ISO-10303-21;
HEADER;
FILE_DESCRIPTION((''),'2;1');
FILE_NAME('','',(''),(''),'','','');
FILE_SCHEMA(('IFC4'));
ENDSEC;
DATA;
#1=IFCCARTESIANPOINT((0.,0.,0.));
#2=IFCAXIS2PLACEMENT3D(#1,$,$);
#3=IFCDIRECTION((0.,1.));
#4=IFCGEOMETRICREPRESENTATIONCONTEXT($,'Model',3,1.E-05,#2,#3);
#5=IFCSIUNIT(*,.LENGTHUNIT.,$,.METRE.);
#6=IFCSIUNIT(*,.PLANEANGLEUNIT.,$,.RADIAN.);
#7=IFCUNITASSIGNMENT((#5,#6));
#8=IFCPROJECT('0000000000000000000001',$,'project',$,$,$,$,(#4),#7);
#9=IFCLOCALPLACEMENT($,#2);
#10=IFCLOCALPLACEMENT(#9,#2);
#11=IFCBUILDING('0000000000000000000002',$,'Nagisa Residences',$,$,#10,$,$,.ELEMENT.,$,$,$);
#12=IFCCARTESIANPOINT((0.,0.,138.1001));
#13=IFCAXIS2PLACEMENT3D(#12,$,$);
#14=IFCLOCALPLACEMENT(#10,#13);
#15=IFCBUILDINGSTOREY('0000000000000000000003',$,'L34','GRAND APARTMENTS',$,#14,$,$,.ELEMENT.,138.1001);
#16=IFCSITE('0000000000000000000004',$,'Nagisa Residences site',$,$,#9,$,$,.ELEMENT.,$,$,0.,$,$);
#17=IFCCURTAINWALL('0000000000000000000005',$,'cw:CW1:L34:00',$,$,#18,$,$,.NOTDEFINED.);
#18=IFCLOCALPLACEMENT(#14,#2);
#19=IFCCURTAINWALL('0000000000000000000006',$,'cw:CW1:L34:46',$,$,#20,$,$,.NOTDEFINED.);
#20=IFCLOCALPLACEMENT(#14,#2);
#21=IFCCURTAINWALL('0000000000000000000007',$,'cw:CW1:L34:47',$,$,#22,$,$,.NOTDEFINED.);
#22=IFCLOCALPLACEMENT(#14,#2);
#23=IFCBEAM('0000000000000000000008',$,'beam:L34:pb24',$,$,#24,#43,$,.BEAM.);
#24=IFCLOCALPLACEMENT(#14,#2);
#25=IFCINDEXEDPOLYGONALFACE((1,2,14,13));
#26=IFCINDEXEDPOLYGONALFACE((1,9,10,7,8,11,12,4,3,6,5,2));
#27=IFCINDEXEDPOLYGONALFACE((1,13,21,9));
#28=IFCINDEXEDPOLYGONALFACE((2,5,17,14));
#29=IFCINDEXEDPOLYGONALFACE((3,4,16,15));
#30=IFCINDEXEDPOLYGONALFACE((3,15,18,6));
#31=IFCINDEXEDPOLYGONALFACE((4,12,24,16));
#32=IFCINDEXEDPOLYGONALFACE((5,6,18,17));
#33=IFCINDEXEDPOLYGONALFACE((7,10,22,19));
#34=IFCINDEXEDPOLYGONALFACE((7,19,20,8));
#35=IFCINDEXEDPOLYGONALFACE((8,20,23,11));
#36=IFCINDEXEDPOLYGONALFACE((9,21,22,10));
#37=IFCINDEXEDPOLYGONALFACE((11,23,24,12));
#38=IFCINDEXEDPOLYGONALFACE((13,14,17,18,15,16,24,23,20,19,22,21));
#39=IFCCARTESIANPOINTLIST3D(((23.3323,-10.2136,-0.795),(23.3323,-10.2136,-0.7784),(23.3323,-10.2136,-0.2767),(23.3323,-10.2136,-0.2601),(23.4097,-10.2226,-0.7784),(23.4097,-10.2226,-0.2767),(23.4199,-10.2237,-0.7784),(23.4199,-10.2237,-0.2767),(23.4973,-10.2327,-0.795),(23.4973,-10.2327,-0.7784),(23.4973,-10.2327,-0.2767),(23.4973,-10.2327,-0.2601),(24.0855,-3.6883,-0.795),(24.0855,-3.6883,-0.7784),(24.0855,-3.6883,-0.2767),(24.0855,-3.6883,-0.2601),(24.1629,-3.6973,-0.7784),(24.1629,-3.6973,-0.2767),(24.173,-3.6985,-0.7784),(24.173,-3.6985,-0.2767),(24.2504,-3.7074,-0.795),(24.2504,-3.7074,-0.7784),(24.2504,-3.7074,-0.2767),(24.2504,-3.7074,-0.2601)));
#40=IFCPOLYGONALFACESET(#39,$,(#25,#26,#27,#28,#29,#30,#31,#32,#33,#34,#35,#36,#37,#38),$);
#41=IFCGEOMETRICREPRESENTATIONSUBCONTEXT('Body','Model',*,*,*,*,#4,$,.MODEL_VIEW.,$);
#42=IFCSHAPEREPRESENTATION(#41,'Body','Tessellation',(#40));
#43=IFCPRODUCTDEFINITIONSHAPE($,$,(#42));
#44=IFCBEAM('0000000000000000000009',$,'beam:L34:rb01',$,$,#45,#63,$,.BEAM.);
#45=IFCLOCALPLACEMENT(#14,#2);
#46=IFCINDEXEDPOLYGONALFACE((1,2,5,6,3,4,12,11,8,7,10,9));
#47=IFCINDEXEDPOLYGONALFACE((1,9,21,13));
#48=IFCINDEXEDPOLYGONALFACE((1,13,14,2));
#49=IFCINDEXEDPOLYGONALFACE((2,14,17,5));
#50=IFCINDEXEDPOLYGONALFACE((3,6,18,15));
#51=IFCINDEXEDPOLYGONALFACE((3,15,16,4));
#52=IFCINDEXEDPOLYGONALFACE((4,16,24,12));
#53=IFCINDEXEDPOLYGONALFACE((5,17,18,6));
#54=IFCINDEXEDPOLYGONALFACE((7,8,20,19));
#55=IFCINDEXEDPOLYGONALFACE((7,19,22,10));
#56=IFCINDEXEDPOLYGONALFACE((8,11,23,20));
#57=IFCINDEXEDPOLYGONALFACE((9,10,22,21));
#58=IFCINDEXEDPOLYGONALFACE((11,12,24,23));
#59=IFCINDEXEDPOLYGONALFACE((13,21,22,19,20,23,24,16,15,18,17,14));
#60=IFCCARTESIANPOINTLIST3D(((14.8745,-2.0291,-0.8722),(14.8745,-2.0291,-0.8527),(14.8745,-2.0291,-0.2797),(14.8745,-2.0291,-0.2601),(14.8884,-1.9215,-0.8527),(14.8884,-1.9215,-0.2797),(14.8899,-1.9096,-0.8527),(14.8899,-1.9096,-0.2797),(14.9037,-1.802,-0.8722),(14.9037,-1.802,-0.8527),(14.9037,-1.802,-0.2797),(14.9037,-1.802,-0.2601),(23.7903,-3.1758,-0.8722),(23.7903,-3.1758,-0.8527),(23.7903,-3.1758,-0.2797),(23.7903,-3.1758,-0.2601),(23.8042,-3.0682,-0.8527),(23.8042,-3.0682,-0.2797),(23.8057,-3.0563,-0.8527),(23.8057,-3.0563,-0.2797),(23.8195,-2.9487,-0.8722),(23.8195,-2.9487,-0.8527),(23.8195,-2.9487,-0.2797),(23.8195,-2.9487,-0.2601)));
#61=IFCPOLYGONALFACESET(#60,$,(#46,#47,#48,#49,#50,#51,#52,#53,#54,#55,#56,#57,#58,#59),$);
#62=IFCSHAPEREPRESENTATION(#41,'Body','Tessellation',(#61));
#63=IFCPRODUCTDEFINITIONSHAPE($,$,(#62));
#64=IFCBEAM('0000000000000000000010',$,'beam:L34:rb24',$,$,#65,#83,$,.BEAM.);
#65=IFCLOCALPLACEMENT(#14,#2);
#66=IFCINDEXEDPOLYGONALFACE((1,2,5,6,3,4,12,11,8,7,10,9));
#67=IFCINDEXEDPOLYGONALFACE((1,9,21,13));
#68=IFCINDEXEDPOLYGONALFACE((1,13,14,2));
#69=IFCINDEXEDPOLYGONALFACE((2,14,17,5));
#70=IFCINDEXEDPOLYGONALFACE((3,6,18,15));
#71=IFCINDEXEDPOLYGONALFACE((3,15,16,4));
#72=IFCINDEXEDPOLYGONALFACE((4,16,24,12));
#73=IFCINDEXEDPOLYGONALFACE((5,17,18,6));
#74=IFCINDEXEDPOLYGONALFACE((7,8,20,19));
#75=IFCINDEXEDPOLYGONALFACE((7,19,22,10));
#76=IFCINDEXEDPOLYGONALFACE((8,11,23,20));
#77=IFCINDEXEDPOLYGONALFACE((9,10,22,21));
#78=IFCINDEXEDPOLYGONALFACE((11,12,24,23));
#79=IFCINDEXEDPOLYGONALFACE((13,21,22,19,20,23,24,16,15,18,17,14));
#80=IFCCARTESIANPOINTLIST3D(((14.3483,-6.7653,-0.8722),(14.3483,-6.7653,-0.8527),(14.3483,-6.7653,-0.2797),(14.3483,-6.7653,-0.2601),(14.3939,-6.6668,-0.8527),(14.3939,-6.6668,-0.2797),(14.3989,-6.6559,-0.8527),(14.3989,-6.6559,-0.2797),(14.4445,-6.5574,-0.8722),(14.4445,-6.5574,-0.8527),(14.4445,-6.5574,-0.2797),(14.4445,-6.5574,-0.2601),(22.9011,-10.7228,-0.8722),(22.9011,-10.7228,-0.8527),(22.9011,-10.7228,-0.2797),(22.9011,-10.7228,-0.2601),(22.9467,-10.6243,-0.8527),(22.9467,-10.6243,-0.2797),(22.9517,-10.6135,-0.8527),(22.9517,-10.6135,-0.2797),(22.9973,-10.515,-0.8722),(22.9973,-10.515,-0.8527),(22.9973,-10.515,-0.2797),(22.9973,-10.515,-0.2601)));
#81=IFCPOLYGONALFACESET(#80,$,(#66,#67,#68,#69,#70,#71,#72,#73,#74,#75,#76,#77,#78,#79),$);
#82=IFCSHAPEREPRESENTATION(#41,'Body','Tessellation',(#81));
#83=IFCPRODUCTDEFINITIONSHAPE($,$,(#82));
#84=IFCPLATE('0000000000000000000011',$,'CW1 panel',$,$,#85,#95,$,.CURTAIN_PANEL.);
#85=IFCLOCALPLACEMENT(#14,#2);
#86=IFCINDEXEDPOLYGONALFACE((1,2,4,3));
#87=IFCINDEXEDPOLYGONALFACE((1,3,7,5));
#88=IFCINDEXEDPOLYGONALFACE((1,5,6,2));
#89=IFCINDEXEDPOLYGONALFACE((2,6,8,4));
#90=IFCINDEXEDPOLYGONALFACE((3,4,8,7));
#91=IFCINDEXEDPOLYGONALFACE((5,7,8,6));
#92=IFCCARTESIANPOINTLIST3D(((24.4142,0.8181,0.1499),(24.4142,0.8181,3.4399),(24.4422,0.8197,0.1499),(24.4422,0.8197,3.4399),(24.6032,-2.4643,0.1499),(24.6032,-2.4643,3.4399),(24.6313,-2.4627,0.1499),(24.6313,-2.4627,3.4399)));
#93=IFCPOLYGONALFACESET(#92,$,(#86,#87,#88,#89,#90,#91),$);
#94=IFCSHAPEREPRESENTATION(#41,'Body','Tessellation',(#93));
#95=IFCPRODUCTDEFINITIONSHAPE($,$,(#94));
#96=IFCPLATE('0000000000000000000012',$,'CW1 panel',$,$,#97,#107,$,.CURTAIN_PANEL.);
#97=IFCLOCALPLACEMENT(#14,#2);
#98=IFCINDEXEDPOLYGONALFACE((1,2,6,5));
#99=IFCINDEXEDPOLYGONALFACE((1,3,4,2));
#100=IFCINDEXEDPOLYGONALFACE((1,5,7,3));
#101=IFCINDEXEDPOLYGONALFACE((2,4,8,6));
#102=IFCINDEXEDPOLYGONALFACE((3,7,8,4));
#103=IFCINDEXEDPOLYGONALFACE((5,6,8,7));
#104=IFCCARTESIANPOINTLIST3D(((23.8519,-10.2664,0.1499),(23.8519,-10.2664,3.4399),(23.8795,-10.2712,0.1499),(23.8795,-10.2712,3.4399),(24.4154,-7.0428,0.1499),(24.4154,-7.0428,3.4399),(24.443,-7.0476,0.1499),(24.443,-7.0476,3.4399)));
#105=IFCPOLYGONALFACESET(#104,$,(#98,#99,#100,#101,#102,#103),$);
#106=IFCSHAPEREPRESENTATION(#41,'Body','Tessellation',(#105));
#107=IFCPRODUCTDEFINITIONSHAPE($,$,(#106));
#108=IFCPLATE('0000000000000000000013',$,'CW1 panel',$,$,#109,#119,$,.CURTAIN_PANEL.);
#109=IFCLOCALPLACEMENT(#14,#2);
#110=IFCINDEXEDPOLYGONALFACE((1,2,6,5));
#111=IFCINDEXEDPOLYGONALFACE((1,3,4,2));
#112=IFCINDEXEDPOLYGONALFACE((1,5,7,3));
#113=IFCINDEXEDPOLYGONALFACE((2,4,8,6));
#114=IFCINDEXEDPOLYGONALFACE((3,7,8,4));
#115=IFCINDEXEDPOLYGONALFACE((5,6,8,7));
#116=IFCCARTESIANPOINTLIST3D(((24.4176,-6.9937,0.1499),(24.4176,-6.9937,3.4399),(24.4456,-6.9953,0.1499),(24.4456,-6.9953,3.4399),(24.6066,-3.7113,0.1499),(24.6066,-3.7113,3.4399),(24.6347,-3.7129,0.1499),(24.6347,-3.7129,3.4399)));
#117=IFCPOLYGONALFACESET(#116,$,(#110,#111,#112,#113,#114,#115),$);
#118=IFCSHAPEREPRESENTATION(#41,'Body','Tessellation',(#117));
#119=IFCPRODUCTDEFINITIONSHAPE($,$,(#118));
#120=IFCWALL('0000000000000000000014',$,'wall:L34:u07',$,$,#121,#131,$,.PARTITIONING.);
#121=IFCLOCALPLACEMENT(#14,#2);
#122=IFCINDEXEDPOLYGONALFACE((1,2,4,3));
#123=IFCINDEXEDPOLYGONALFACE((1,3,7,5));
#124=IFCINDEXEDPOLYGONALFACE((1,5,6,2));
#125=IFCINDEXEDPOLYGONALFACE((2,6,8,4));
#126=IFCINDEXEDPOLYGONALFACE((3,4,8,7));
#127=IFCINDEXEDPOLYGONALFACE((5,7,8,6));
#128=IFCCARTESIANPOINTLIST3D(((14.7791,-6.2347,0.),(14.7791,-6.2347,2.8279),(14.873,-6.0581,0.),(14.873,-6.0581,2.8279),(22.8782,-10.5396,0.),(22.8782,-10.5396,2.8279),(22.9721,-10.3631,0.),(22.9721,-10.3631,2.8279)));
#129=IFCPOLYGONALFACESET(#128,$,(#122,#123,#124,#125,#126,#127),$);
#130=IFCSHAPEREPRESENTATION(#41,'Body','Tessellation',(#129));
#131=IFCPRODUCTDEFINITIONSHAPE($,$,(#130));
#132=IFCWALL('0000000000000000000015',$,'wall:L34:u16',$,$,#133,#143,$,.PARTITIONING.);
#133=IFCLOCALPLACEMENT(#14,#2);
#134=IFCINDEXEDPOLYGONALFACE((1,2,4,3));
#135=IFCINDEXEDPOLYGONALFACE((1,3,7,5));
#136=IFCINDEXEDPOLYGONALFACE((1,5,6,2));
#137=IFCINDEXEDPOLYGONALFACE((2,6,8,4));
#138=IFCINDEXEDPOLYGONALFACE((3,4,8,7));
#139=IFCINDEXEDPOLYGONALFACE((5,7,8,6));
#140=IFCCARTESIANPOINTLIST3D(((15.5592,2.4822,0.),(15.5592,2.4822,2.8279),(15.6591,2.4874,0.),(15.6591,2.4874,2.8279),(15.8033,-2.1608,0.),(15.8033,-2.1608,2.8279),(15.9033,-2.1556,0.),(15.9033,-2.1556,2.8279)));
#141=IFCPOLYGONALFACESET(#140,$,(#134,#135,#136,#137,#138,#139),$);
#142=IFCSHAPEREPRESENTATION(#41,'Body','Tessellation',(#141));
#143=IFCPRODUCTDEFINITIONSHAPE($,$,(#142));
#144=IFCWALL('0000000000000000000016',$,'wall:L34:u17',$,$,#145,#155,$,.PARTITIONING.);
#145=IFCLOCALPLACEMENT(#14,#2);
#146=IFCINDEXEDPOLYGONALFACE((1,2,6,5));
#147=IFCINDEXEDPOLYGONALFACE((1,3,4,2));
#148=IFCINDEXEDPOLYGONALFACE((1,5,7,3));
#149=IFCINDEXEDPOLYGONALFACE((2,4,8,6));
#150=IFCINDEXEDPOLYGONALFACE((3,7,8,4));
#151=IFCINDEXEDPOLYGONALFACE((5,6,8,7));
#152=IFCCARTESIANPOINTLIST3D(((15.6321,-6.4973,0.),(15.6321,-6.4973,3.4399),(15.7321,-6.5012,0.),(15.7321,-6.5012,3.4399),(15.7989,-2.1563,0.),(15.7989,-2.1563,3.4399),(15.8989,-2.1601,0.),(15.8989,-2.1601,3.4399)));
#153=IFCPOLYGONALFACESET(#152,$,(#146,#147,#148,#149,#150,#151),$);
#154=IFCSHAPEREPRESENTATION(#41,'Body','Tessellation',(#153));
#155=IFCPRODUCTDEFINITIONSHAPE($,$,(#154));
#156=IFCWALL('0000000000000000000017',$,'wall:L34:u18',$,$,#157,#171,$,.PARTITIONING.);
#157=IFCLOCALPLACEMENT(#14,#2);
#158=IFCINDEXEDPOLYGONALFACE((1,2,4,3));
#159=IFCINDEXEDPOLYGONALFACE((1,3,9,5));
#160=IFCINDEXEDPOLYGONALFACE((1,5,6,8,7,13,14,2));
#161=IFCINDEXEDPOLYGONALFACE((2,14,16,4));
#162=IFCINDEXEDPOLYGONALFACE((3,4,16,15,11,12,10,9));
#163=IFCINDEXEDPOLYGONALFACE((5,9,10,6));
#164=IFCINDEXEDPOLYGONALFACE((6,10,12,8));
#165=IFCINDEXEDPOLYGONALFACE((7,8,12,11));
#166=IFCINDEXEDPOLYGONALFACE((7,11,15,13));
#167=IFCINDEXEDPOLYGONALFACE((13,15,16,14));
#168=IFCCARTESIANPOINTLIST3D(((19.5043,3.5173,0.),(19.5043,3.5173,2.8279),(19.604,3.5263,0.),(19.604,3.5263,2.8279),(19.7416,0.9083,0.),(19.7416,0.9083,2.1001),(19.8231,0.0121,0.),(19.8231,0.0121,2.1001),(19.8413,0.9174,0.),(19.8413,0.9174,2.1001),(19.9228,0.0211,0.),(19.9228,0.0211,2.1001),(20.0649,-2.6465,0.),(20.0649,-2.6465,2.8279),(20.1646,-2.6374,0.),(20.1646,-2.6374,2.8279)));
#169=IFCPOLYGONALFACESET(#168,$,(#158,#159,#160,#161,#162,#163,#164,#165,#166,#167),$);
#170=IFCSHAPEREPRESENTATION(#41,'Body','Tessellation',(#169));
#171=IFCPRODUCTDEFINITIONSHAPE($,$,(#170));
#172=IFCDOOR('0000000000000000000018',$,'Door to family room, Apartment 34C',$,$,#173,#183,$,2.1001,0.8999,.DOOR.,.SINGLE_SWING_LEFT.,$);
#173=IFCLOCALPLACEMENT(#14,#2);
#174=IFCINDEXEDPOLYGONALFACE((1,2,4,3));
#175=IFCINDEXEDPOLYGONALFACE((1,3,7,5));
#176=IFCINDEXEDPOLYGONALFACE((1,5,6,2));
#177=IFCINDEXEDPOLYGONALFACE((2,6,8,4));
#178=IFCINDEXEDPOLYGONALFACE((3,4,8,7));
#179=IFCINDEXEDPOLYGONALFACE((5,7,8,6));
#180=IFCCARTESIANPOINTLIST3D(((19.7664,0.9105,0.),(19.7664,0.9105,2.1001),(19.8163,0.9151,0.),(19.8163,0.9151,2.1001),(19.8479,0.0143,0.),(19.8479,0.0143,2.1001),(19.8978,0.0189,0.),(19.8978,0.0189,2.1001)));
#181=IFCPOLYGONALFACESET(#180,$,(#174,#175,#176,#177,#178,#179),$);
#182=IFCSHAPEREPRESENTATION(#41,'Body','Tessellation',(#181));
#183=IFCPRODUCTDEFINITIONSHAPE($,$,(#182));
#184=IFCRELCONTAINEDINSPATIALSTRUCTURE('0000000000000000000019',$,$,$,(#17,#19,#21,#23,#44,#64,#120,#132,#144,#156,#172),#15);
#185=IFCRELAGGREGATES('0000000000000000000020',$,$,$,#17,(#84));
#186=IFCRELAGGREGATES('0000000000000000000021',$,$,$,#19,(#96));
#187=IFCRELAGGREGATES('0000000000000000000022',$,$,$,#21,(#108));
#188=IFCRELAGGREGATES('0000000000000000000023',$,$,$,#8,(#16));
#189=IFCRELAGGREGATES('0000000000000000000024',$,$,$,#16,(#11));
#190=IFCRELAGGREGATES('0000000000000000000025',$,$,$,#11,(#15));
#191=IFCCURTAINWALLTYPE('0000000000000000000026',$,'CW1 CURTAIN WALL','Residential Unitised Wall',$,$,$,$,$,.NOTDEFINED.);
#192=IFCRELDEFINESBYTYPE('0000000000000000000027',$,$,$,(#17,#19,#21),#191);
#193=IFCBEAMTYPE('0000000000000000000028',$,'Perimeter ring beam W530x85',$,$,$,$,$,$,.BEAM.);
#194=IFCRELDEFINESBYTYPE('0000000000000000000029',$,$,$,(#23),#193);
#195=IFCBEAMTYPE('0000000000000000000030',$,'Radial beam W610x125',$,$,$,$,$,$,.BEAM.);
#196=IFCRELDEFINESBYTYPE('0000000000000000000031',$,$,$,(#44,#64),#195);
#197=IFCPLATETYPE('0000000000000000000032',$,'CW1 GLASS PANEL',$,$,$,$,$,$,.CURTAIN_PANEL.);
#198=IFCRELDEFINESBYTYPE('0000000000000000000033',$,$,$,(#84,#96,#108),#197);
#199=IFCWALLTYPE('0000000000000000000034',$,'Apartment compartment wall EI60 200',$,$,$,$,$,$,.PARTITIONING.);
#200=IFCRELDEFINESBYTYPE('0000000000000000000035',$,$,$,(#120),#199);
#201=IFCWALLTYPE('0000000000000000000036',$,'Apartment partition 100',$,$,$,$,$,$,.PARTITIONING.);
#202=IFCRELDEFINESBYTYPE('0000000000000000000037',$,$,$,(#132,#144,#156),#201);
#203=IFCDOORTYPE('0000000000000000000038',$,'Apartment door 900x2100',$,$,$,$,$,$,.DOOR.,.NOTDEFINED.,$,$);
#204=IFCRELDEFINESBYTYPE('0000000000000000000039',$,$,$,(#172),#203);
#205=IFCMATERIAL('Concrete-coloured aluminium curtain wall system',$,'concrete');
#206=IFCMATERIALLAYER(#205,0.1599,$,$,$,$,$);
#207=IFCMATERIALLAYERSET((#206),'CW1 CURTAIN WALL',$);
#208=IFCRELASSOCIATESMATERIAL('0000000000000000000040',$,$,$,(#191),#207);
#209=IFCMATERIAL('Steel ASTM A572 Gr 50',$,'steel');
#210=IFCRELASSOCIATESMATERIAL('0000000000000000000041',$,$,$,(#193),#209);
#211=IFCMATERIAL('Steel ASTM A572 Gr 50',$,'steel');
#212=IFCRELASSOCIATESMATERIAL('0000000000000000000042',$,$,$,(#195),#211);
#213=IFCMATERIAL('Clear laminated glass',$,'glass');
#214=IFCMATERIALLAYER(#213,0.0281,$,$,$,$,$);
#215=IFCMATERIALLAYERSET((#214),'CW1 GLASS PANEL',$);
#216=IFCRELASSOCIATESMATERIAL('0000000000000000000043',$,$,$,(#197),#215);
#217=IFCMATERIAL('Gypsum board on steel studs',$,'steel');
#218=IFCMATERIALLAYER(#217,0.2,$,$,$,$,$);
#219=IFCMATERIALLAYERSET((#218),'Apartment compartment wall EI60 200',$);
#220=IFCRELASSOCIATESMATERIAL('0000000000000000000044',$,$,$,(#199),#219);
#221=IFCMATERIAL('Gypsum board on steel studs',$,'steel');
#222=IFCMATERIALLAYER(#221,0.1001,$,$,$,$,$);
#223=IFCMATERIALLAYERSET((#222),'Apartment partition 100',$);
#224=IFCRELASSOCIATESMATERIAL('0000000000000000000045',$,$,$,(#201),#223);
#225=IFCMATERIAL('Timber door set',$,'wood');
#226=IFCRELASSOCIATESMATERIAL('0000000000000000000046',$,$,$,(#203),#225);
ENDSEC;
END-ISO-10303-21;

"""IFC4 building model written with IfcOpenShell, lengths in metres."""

from ifc_helpers import new_model, si_unit, direction, frame, frame_2d, origin, origin_2d, place, context, subcontext, project, spatial, rectangle, i_section, extrude, material, layer, layer_set, material_profile, profile_set, type_object, element, fill, aggregate, save


model = new_model("IFC4")

# Units and contexts
model_context = context("Model", 3, precision=1e-05, world=origin(), true_north=direction((0.0, 1.0)))
body_context = subcontext(model_context, "Body", "Model", "MODEL_VIEW")
ifc_project = project(units=[si_unit("LENGTHUNIT", "METRE"), si_unit("PLANEANGLEUNIT", "RADIAN")], contexts=[model_context])

# Site, building, storey
site_placement = place(None, origin())
site = spatial("IfcSite", under=ifc_project, at=site_placement, Name="Nagisa Residences site", CompositionType="ELEMENT", RefElevation=0.0)
building_placement = place(site_placement, origin())
building = spatial("IfcBuilding", under=site, at=building_placement, Name="Nagisa Residences", CompositionType="ELEMENT")
storey_placement = place(building_placement, frame((0.0, 0.0, 138.1001)))
storey = spatial("IfcBuildingStorey", under=building, at=storey_placement, Name="L34", Description="GRAND APARTMENTS", CompositionType="ELEMENT", Elevation=138.1001)

# Curtain walls
ifc_material_1 = material(Name="Concrete-coloured aluminium curtain wall system", Category="concrete")
ifc_layer_1 = layer(ifc_material_1, 0.1599)
ifc_layer_set_1 = layer_set([ifc_layer_1], Name="CW1 CURTAIN WALL")
curtain_wall_type = type_object("IfcCurtainWallType", Name="CW1 CURTAIN WALL", Description="Residential Unitised Wall", PredefinedType="NOTDEFINED", material=ifc_layer_set_1)
curtain_wall_1_placement = place(storey_placement, origin())
curtain_wall_1 = element("IfcCurtainWall", 1, at=curtain_wall_1_placement, inside=storey, type_object=curtain_wall_type, Name="cw:CW1:L34:00", PredefinedType="NOTDEFINED")
curtain_wall_2_placement = place(storey_placement, origin())
curtain_wall_2 = element("IfcCurtainWall", 2, at=curtain_wall_2_placement, inside=storey, type_object=curtain_wall_type, Name="cw:CW1:L34:46", PredefinedType="NOTDEFINED")
curtain_wall_3_placement = place(storey_placement, origin())
curtain_wall_3 = element("IfcCurtainWall", 3, at=curtain_wall_3_placement, inside=storey, type_object=curtain_wall_type, Name="cw:CW1:L34:47", PredefinedType="NOTDEFINED")

# Beams
ifc_material_2 = material(Name="Steel ASTM A572 Gr 50", Category="steel")
ifc_material_profile_1 = material_profile(ifc_material_2, i_section(OverallWidth=0.166, OverallDepth=0.5349, WebThickness=0.0103, FlangeThickness=0.0166, at=origin_2d()), Name="W530x85")
ifc_profile_set_1 = profile_set([ifc_material_profile_1], Name="Steel ASTM A572 Gr 50")
beam_type_1 = type_object("IfcBeamType", Name="Perimeter ring beam W530x85", PredefinedType="BEAM", material=ifc_profile_set_1)
for number, where, z_axis, x_axis, name in (
    (4, (23.4148, -10.2231, -0.5276), (0.114661, 0.993405, 0.0), (-0.993405, 0.114661, 0.0), "beam:L34:pb24"),
):
    element("IfcBeam", number, at=place(storey_placement, frame(where, z_axis=z_axis, x_axis=x_axis)), inside=storey, type_object=beam_type_1, Name=name, PredefinedType="BEAM", context=body_context, shape_type="SweptSolid", body=[
        extrude(i_section(OverallWidth=0.166, OverallDepth=0.5349, WebThickness=0.0103, FlangeThickness=0.0166, at=origin_2d()), origin(), (0.0, 0.0, 1.0), 6.5686),
    ])
ifc_material_3 = material(Name="Steel ASTM A572 Gr 50", Category="steel")
ifc_material_profile_2 = material_profile(ifc_material_3, i_section(OverallWidth=0.229, OverallDepth=0.6121, WebThickness=0.012, FlangeThickness=0.0195, at=origin_2d()), Name="W610x125")
ifc_profile_set_2 = profile_set([ifc_material_profile_2], Name="Steel ASTM A572 Gr 50")
beam_type_2 = type_object("IfcBeamType", Name="Radial beam W610x125", PredefinedType="BEAM", material=ifc_profile_set_2)
beam_1_placement = place(storey_placement, frame((23.8049, -3.0623, -0.5662), z_axis=(-0.99183, 0.127567, 0.0), x_axis=(-0.127567, -0.99183, 0.0)))
element("IfcBeam", 5, at=beam_1_placement, inside=storey, type_object=beam_type_2, Name="beam:L34:rb01", PredefinedType="BEAM", context=body_context, shape_type="SweptSolid", body=[
    extrude(i_section(OverallWidth=0.229, OverallDepth=0.6121, WebThickness=0.012, FlangeThickness=0.0195, at=origin_2d()), origin(), (0.0, 0.0, 1.0), 8.9893),
])
beam_2_placement = place(storey_placement, frame((22.9492, -10.6189, -0.5662), z_axis=(-0.907551, 0.419942, 0.0), x_axis=(-0.419942, -0.907551, 0.0)))
element("IfcBeam", 6, at=beam_2_placement, inside=storey, type_object=beam_type_2, Name="beam:L34:rb24", PredefinedType="BEAM", context=body_context, shape_type="SweptSolid", body=[
    extrude(i_section(OverallWidth=0.229, OverallDepth=0.6121, WebThickness=0.012, FlangeThickness=0.0195, at=origin_2d()), origin(), (0.0, 0.0, 1.0), 9.4241),
])

# Plates
ifc_material_4 = material(Name="Clear laminated glass", Category="glass")
ifc_layer_2 = layer(ifc_material_4, 0.0281)
ifc_layer_set_2 = layer_set([ifc_layer_2], Name="CW1 GLASS PANEL")
plate_type = type_object("IfcPlateType", Name="CW1 GLASS PANEL", PredefinedType="CURTAIN_PANEL", material=ifc_layer_set_2)
plate_1_placement = place(storey_placement, frame((24.5227, -0.8223, 0.1499), z_axis=(0.0, 0.0, 1.0), x_axis=(-0.057503, 0.998345, 0.0)))
plate_1 = element("IfcPlate", 7, at=plate_1_placement, type_object=plate_type, Name="CW1 panel", PredefinedType="CURTAIN_PANEL", context=body_context, shape_type="SweptSolid", body=[
    extrude(rectangle(XDim=3.2878, YDim=0.0281, at=origin_2d()), origin(), (0.0, 0.0, 1.0), 3.29),
])
aggregate(curtain_wall_1, [plate_1])
plate_2_placement = place(storey_placement, frame((24.1475, -8.657, 0.1499), z_axis=(0.0, 0.0, 1.0), x_axis=(0.172191, 0.985064, 0.0)))
plate_2 = element("IfcPlate", 8, at=plate_2_placement, type_object=plate_type, Name="CW1 panel", PredefinedType="CURTAIN_PANEL", context=body_context, shape_type="SweptSolid", body=[
    extrude(rectangle(XDim=3.2725, YDim=0.0281, at=origin_2d()), origin(), (0.0, 0.0, 1.0), 3.29),
])
aggregate(curtain_wall_2, [plate_2])
plate_3_placement = place(storey_placement, frame((24.5261, -5.3533, 0.1499), z_axis=(0.0, 0.0, 1.0), x_axis=(0.057503, 0.998345, 0.0)))
plate_3 = element("IfcPlate", 9, at=plate_3_placement, type_object=plate_type, Name="CW1 panel", PredefinedType="CURTAIN_PANEL", context=body_context, shape_type="SweptSolid", body=[
    extrude(rectangle(XDim=3.2878, YDim=0.0281, at=origin_2d()), origin(), (0.0, 0.0, 1.0), 3.29),
])
aggregate(curtain_wall_3, [plate_3])

# Walls
ifc_material_5 = material(Name="Gypsum board on steel studs", Category="steel")
ifc_layer_3 = layer(ifc_material_5, 0.2)
ifc_layer_set_3 = layer_set([ifc_layer_3], Name="Apartment compartment wall EI60 200")
wall_type_1 = type_object("IfcWallType", Name="Apartment compartment wall EI60 200", PredefinedType="PARTITIONING", material=ifc_layer_set_3)
wall_1_placement = place(storey_placement, frame((14.8262, -6.1465, 0.0), z_axis=(0.0, 0.0, 1.0), x_axis=(0.883013, -0.469349, 0.0)))
element("IfcWall", 10, at=wall_1_placement, inside=storey, type_object=wall_type_1, Name="wall:L34:u07", PredefinedType="PARTITIONING", context=body_context, shape_type="SweptSolid", body=[
    extrude(rectangle(XDim=9.1721, YDim=0.2, at=frame_2d((4.5859, 0.0))), origin(), (0.0, 0.0, 1.0), 2.8279),
])
ifc_material_6 = material(Name="Gypsum board on steel studs", Category="steel")
ifc_layer_4 = layer(ifc_material_6, 0.1001)
ifc_layer_set_4 = layer_set([ifc_layer_4], Name="Apartment partition 100")
wall_type_2 = type_object("IfcWallType", Name="Apartment partition 100", PredefinedType="PARTITIONING", material=ifc_layer_set_4)
wall_2_placement = place(storey_placement, frame((15.8533, -2.1582, 0.0), z_axis=(0.0, 0.0, 1.0), x_axis=(-0.052509, 0.99862, 0.0)))
element("IfcWall", 11, at=wall_2_placement, inside=storey, type_object=wall_type_2, Name="wall:L34:u16", PredefinedType="PARTITIONING", context=body_context, shape_type="SweptSolid", body=[
    extrude(rectangle(XDim=4.6494, YDim=0.1001, at=frame_2d((2.3247, 0.0))), origin(), (0.0, 0.0, 1.0), 2.8279),
])
wall_3_placement = place(storey_placement, frame((15.8489, -2.1582, 0.0), z_axis=(0.0, 0.0, 1.0), x_axis=(-0.038383, -0.999263, 0.0)))
element("IfcWall", 12, at=wall_3_placement, inside=storey, type_object=wall_type_2, Name="wall:L34:u17", PredefinedType="PARTITIONING", context=body_context, shape_type="SweptSolid", body=[
    extrude(rectangle(XDim=4.3442, YDim=0.1001, at=frame_2d((2.1721, 0.0))), origin(), (0.0, 0.0, 1.0), 3.4399),
])

# Wall, opening, door
wall_4_placement = place(storey_placement, frame((20.1147, -2.6421, 0.0), z_axis=(0.0, 0.0, 1.0), x_axis=(-0.090568, 0.99589, 0.0)))
wall_4 = element("IfcWall", 13, at=wall_4_placement, inside=storey, type_object=wall_type_2, Name="wall:L34:u18", PredefinedType="PARTITIONING", context=body_context, shape_type="SweptSolid", body=[
    extrude(rectangle(XDim=6.1892, YDim=0.1001, at=frame_2d((3.0947, 0.0))), origin(), (0.0, 0.0, 1.0), 2.8279),
])
opening_1_placement = place(wall_4_placement, frame((2.6697, 0.0, 0.0)))
opening_1 = element("IfcOpeningElement", 14, at=opening_1_placement, cuts=wall_4, PredefinedType="OPENING", context=body_context, shape_type="SweptSolid", body=[
    extrude(rectangle(XDim=0.8999, YDim=2.1001, at=frame_2d((0.45, 1.05))), frame((0.0, 0.0601, 0.0), z_axis=(0.0, -1.0, 0.0), x_axis=(1.0, 0.0, 0.0)), (0.0, 0.0, 1.0), 0.1201),
])
ifc_material_7 = material(Name="Timber door set", Category="wood")
door_type_1 = type_object("IfcDoorType", Name="Apartment door 900x2100", OperationType="NOTDEFINED", PredefinedType="DOOR", material=ifc_material_7)
door_1_placement = place(opening_1_placement, frame((0.8999, 0.0, 0.0), x_axis=(-1.0, 0.0, 0.0)))
door_1 = element("IfcDoor", 15, at=door_1_placement, inside=storey, type_object=door_type_1, Name="Door to family room, Apartment 34C", OperationType="SINGLE_SWING_LEFT", OverallHeight=2.1001, OverallWidth=0.8999, PredefinedType="DOOR", context=body_context, shape_type="SweptSolid", body=[
    extrude(rectangle(XDim=0.8999, YDim=2.1001, at=frame_2d((0.45, 1.05))), frame((0.0, 0.0249, 0.0), z_axis=(0.0, -1.0, 0.0), x_axis=(1.0, 0.0, 0.0)), (0.0, 0.0, 1.0), 0.05),
])
fill(opening_1, door_1)

save(model, "model.ifc")
